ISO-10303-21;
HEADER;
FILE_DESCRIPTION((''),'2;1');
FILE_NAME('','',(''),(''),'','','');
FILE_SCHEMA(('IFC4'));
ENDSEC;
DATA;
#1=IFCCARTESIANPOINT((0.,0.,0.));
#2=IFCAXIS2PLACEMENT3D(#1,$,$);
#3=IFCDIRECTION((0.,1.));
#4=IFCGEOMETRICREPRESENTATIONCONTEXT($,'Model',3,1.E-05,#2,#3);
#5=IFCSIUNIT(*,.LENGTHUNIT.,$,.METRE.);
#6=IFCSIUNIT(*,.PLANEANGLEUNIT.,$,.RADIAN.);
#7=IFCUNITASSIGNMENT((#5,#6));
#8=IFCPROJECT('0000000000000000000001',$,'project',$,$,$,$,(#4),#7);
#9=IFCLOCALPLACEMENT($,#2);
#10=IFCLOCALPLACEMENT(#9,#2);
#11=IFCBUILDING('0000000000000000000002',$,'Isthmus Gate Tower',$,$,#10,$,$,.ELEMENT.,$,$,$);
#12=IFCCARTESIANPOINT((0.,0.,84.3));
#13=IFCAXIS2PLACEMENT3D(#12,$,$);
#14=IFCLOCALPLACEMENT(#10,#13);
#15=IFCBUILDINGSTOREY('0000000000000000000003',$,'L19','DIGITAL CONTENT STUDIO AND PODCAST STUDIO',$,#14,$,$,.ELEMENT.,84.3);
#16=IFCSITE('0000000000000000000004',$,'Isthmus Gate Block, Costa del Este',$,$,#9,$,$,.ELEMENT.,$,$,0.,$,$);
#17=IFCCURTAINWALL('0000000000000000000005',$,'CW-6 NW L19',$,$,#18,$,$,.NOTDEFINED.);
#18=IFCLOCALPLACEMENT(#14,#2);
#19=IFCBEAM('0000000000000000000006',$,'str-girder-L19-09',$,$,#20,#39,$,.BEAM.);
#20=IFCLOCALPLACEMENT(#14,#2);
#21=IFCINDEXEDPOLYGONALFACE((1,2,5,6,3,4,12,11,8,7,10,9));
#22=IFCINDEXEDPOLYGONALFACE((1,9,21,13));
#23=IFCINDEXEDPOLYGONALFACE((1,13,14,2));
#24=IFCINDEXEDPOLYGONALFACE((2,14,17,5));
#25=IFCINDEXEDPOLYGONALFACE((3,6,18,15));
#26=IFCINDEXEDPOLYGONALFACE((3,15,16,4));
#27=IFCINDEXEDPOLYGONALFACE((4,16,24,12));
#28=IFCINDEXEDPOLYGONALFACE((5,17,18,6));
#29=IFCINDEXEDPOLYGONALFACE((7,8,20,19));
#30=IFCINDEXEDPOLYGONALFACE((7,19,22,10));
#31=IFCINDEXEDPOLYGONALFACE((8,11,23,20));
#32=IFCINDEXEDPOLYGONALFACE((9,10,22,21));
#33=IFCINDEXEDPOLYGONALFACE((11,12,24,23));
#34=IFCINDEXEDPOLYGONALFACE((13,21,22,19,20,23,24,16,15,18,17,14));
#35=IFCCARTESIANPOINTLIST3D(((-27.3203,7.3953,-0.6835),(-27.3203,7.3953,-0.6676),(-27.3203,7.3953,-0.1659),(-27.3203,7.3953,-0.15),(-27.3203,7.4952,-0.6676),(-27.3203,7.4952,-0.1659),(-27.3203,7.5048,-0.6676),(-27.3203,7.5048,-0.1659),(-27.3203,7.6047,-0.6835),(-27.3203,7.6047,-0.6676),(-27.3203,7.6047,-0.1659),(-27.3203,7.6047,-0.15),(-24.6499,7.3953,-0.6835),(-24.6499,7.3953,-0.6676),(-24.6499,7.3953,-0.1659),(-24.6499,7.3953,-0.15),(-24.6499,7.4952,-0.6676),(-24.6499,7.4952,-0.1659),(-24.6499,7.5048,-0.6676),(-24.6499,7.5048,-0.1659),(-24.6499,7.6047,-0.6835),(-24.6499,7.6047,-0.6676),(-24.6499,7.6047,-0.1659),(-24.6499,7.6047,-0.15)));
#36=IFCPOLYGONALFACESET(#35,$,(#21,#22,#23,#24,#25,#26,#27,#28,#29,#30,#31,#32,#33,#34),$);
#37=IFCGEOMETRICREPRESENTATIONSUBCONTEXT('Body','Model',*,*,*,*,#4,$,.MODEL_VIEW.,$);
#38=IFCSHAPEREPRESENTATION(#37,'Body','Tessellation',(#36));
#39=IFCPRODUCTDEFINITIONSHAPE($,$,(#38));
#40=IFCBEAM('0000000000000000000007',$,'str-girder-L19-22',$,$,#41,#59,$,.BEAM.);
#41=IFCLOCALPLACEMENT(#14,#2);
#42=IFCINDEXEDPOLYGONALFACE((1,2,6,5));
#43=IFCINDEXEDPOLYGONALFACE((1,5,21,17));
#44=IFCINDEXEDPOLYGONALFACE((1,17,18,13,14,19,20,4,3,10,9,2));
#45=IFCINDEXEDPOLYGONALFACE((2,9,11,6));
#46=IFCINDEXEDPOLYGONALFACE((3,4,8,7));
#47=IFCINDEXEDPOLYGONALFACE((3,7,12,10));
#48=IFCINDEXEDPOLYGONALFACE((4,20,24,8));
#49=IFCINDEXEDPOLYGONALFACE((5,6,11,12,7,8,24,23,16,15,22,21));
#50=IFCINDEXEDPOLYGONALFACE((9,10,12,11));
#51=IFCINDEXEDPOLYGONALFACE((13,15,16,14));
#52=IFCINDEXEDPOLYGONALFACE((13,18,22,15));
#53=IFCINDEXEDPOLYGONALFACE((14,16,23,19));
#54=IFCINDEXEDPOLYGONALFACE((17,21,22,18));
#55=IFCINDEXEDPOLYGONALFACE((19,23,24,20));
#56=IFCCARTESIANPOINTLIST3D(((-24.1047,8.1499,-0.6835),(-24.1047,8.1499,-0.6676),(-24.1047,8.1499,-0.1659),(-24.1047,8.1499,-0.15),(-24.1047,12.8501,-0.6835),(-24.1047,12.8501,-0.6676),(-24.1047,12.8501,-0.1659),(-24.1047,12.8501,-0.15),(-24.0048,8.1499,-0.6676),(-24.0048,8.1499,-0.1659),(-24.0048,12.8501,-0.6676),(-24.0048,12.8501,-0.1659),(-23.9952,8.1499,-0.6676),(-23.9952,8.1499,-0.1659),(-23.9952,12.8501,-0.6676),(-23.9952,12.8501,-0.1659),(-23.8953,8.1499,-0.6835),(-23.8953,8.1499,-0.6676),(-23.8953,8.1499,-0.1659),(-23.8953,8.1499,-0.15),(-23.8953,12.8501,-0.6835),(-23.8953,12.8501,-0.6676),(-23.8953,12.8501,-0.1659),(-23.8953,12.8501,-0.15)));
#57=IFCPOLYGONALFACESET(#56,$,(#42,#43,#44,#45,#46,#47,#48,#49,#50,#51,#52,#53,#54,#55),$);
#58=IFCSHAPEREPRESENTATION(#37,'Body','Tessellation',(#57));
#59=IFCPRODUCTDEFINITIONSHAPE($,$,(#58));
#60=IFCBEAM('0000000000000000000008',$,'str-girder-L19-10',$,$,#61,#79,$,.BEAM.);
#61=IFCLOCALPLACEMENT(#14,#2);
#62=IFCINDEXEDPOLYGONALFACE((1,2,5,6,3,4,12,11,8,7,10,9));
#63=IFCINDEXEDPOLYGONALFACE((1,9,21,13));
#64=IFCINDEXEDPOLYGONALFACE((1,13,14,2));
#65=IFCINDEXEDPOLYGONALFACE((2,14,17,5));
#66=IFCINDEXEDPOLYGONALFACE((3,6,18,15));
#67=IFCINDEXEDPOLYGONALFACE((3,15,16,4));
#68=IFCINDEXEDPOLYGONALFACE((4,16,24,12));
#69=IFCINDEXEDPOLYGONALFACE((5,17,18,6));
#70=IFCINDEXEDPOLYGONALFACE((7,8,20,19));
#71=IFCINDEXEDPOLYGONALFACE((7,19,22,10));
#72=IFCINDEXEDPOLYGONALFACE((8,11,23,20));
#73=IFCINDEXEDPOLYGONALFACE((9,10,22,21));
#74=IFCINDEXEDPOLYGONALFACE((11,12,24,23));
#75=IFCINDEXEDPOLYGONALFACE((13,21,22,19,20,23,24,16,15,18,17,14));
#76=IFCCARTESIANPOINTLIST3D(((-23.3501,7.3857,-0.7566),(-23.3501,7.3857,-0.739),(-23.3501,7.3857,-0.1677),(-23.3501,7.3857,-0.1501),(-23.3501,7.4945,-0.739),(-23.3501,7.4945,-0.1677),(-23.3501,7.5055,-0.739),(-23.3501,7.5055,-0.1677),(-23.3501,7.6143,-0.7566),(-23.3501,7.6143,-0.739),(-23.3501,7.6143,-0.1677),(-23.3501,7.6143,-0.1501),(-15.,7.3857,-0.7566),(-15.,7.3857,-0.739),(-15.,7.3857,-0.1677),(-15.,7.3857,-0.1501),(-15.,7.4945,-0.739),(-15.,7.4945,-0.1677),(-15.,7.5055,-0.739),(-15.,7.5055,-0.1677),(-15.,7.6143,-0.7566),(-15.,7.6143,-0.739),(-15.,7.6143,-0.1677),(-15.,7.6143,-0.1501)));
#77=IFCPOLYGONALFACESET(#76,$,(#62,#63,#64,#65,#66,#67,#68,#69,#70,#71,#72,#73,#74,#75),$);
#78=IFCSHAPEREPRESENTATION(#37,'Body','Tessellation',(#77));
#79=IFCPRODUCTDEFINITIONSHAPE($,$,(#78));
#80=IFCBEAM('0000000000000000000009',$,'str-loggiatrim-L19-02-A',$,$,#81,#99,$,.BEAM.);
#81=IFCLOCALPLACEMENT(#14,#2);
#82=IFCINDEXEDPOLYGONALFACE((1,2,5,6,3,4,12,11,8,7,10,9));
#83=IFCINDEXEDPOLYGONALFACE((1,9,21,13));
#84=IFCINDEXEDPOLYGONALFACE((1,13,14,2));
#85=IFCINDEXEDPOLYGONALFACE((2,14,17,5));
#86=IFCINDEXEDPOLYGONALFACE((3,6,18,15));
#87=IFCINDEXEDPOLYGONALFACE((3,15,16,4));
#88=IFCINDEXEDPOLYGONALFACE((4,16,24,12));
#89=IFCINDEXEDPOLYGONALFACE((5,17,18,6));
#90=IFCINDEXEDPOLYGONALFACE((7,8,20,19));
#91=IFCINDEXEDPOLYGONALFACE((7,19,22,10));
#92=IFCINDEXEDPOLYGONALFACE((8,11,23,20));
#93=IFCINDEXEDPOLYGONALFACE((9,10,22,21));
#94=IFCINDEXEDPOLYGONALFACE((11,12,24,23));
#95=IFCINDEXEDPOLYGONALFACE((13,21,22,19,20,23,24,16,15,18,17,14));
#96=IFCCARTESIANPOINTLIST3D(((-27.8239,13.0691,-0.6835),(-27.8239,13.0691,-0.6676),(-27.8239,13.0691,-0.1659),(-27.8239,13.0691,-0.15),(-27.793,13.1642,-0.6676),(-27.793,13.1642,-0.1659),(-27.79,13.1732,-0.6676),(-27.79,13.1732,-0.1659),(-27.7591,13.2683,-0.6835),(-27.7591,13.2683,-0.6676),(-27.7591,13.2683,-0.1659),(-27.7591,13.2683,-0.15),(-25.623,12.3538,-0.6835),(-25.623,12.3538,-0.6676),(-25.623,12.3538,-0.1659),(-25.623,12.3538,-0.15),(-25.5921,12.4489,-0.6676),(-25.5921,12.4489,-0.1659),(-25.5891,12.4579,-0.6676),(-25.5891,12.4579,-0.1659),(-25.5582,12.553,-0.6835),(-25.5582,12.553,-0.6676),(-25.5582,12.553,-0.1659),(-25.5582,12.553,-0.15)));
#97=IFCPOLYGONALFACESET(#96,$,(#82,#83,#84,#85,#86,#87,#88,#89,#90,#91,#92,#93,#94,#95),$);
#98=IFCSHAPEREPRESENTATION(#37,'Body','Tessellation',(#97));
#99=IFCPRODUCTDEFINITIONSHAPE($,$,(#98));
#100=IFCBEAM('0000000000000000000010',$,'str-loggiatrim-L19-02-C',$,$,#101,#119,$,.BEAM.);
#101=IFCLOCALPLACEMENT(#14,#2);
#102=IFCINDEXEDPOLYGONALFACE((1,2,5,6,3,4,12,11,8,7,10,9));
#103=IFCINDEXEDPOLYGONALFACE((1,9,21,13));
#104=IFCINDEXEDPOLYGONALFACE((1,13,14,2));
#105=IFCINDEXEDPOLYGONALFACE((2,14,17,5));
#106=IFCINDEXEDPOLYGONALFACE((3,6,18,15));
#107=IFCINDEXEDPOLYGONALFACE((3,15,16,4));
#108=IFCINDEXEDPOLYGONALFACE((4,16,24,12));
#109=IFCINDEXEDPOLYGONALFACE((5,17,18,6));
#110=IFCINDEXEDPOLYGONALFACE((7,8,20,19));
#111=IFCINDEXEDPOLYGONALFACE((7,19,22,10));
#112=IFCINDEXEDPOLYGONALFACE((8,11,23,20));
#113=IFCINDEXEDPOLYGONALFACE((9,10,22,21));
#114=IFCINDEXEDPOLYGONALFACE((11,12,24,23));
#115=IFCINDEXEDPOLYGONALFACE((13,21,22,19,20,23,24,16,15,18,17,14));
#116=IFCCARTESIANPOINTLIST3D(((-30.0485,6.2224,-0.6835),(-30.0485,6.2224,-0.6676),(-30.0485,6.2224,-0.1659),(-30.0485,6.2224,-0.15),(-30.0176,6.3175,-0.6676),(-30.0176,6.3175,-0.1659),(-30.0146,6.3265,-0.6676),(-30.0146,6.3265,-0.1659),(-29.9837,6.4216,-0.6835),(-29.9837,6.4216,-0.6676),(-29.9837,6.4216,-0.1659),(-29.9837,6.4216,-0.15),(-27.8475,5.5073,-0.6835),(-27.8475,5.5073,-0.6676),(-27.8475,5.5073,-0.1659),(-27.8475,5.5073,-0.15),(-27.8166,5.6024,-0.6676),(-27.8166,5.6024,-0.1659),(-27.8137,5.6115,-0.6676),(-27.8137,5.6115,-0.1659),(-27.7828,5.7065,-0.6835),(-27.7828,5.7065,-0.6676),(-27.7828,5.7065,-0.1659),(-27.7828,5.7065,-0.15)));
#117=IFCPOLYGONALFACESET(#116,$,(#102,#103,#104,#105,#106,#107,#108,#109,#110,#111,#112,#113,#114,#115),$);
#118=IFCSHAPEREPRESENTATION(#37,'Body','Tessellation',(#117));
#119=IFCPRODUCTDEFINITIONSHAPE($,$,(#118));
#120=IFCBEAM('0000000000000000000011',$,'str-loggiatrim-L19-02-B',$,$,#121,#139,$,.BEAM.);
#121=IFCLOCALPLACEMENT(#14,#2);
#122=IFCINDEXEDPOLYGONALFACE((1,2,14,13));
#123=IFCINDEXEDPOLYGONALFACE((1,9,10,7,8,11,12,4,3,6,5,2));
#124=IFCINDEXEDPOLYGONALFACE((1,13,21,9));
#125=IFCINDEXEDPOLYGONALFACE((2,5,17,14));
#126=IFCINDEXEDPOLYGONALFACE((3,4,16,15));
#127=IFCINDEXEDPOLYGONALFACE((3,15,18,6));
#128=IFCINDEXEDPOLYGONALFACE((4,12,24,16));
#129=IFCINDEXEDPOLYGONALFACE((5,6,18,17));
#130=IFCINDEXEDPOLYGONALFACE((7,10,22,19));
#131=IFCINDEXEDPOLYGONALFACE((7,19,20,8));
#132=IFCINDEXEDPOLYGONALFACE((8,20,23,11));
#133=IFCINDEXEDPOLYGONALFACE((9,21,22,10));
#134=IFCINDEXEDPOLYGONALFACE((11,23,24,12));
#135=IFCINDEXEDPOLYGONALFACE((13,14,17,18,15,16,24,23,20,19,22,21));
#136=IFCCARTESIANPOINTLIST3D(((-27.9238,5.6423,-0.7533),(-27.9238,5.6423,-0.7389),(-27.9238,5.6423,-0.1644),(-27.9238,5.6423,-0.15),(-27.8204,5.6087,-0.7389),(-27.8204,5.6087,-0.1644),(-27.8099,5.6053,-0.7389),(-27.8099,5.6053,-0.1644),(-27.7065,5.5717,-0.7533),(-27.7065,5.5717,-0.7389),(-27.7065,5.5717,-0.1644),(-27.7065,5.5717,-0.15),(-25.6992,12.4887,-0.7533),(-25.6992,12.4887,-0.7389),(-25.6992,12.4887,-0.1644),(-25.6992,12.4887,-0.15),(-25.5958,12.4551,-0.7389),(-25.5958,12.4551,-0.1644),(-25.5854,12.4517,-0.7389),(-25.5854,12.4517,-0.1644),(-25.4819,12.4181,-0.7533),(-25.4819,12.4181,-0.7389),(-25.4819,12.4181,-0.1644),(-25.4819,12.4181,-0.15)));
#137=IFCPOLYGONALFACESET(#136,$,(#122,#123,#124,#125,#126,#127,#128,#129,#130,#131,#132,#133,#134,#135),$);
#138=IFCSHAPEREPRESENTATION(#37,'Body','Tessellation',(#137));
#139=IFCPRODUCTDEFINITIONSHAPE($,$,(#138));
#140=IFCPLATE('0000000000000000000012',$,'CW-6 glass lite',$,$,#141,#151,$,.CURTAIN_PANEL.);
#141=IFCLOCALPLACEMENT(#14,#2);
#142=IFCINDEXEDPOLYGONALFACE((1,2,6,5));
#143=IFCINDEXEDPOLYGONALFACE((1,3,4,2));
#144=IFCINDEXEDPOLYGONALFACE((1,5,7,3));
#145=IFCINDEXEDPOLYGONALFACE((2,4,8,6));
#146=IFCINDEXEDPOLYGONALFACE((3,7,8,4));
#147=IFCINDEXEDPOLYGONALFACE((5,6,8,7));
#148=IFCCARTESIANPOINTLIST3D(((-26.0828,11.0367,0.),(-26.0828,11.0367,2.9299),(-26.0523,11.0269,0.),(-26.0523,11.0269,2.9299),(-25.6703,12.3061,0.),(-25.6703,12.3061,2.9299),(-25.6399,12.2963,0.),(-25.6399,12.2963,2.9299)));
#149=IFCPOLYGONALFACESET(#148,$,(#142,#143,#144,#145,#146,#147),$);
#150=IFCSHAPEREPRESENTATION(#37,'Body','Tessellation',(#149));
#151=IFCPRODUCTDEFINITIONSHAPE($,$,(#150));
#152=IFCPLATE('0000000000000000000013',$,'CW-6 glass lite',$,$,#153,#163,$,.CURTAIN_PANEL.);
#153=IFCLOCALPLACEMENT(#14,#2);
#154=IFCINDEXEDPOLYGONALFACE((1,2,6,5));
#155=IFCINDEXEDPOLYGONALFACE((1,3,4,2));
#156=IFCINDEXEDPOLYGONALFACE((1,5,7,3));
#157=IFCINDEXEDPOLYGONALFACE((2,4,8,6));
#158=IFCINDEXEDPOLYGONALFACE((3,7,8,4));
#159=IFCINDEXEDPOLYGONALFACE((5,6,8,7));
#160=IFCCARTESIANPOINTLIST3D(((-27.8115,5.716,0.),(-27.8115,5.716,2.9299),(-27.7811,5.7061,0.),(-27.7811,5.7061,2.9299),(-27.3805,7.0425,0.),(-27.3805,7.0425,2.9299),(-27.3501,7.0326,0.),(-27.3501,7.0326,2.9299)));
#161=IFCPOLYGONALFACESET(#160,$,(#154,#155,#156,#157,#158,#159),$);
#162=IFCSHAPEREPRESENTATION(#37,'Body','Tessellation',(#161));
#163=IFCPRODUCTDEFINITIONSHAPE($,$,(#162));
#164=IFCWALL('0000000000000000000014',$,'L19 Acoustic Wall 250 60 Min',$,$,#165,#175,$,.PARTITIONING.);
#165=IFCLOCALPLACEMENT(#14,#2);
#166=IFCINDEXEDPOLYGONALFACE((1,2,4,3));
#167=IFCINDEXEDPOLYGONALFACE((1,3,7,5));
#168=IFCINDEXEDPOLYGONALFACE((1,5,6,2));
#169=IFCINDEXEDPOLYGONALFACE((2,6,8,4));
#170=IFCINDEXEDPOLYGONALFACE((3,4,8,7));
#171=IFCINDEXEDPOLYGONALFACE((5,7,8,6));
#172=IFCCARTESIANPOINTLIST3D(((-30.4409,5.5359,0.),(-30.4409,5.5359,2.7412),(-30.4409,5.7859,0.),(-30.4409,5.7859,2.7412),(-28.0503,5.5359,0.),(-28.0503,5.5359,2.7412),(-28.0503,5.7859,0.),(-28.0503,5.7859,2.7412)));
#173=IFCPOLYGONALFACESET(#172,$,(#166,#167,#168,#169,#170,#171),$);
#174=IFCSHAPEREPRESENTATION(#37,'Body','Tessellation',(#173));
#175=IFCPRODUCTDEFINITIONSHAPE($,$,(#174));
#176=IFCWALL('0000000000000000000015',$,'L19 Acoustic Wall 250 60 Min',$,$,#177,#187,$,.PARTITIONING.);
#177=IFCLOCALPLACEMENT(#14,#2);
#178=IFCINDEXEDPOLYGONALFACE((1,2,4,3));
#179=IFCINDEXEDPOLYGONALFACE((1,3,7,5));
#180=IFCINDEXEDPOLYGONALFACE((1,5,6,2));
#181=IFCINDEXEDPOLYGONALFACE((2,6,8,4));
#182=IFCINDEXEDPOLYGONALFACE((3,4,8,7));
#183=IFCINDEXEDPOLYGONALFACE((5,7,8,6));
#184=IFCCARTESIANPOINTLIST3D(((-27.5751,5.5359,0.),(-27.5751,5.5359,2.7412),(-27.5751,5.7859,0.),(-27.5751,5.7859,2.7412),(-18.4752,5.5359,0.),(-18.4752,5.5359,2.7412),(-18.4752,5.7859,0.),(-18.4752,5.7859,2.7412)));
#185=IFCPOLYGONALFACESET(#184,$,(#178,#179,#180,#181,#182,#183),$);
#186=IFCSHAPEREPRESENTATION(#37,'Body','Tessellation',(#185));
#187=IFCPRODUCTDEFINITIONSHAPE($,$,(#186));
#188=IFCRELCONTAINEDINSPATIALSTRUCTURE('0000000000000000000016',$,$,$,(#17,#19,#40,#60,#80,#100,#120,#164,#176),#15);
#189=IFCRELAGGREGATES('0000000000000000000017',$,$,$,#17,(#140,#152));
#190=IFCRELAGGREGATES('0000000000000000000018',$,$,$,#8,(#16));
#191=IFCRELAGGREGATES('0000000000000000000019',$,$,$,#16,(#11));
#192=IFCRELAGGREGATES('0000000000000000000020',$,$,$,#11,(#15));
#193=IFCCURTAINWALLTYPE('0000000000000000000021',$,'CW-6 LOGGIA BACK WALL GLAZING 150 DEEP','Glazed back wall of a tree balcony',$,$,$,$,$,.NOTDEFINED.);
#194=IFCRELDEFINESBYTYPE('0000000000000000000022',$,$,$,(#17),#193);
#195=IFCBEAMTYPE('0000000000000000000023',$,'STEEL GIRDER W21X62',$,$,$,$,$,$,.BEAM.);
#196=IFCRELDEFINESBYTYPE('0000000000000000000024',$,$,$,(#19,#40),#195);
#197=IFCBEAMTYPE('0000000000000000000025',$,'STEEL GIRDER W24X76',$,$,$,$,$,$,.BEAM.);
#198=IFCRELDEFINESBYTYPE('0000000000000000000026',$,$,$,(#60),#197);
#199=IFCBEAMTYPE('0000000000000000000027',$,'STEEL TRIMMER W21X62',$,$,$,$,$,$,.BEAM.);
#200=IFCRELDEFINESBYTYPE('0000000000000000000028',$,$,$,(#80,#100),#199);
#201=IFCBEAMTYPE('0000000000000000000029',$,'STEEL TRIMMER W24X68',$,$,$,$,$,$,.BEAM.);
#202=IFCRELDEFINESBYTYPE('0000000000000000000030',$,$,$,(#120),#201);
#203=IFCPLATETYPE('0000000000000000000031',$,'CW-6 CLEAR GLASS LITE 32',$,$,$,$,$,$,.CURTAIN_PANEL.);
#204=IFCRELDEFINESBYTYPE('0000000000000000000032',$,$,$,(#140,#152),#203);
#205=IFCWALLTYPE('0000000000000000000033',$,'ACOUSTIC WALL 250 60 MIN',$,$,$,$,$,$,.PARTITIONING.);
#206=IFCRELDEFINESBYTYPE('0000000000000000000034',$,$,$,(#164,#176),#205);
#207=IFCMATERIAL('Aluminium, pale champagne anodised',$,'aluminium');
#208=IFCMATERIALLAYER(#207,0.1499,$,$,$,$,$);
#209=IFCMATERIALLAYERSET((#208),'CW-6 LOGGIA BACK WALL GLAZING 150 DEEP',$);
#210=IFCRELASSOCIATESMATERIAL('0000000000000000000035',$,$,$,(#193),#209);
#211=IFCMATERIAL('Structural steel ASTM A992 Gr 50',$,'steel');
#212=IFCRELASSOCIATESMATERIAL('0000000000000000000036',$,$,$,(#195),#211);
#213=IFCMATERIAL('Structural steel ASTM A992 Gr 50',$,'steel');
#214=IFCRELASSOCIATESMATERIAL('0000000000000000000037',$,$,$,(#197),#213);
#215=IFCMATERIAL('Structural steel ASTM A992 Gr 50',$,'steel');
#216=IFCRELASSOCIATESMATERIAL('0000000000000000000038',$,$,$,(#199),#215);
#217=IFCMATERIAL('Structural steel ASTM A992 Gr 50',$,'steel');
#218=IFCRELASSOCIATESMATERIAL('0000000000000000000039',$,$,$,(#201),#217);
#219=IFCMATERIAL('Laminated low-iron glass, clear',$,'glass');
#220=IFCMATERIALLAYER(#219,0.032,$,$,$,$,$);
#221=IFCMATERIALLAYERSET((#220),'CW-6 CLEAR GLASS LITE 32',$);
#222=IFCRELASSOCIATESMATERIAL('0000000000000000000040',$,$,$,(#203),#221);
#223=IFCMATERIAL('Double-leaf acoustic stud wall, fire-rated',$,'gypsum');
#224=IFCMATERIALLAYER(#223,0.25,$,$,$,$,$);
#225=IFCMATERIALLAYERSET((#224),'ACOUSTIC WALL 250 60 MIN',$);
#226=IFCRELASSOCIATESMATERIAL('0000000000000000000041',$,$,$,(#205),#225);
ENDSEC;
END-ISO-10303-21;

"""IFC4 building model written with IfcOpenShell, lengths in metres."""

from ifc_helpers import new_model, si_unit, direction, frame, frame_2d, origin, origin_2d, place, context, subcontext, project, spatial, rectangle, i_section, extrude, material, layer, layer_set, material_profile, profile_set, type_object, element, aggregate, save


model = new_model("IFC4")

# Units and contexts
model_context = context("Model", 3, precision=1e-05, world=origin(), true_north=direction((0.0, 1.0)))
body_context = subcontext(model_context, "Body", "Model", "MODEL_VIEW")
ifc_project = project(units=[si_unit("LENGTHUNIT", "METRE"), si_unit("PLANEANGLEUNIT", "RADIAN")], contexts=[model_context])

# Site, building, storey
site_placement = place(None, origin())
site = spatial("IfcSite", under=ifc_project, at=site_placement, Name="Isthmus Gate Block, Costa del Este", CompositionType="ELEMENT", RefElevation=0.0)
building_placement = place(site_placement, origin())
building = spatial("IfcBuilding", under=site, at=building_placement, Name="Isthmus Gate Tower", CompositionType="ELEMENT")
storey_placement = place(building_placement, frame((0.0, 0.0, 84.3)))
storey = spatial("IfcBuildingStorey", under=building, at=storey_placement, Name="L19", Description="DIGITAL CONTENT STUDIO AND PODCAST STUDIO", CompositionType="ELEMENT", Elevation=84.3)

# Curtain wall
ifc_material_1 = material(Name="Aluminium, pale champagne anodised", Category="aluminium")
ifc_layer_1 = layer(ifc_material_1, 0.1499)
ifc_layer_set_1 = layer_set([ifc_layer_1], Name="CW-6 LOGGIA BACK WALL GLAZING 150 DEEP")
curtain_wall_type_1 = type_object("IfcCurtainWallType", Name="CW-6 LOGGIA BACK WALL GLAZING 150 DEEP", Description="Glazed back wall of a tree balcony", PredefinedType="NOTDEFINED", material=ifc_layer_set_1)
curtain_wall_1_placement = place(storey_placement, origin())
curtain_wall_1 = element("IfcCurtainWall", 1, at=curtain_wall_1_placement, inside=storey, type_object=curtain_wall_type_1, Name="CW-6 NW L19", PredefinedType="NOTDEFINED")

# Beams
ifc_material_2 = material(Name="Structural steel ASTM A992 Gr 50", Category="steel")
ifc_material_profile_1 = material_profile(ifc_material_2, i_section(OverallWidth=0.2095, OverallDepth=0.5334, WebThickness=0.0095, FlangeThickness=0.0159, at=origin_2d()), Name="W21X62")
ifc_profile_set_1 = profile_set([ifc_material_profile_1], Name="Structural steel ASTM A992 Gr 50")
beam_type_1 = type_object("IfcBeamType", Name="STEEL GIRDER W21X62", PredefinedType="BEAM", material=ifc_profile_set_1)
beam_1_placement = place(storey_placement, frame((-27.3203, 7.5, -0.4167), z_axis=(1.0, 0.0, 0.0), x_axis=(0.0, 1.0, 0.0)))
element("IfcBeam", 2, at=beam_1_placement, inside=storey, type_object=beam_type_1, Name="str-girder-L19-09", PredefinedType="BEAM", context=body_context, shape_type="SweptSolid", body=[
    extrude(i_section(OverallWidth=0.2095, OverallDepth=0.5334, WebThickness=0.0095, FlangeThickness=0.0159, at=origin_2d()), origin(), (0.0, 0.0, 1.0), 2.6704),
])
beam_2_placement = place(storey_placement, frame((-24.0, 8.1499, -0.4167), z_axis=(0.0, 1.0, 0.0), x_axis=(-1.0, 0.0, 0.0)))
element("IfcBeam", 3, at=beam_2_placement, inside=storey, type_object=beam_type_1, Name="str-girder-L19-22", PredefinedType="BEAM", context=body_context, shape_type="SweptSolid", body=[
    extrude(i_section(OverallWidth=0.2095, OverallDepth=0.5334, WebThickness=0.0095, FlangeThickness=0.0159, at=origin_2d()), origin(), (0.0, 0.0, 1.0), 4.7002),
])
ifc_material_3 = material(Name="Structural steel ASTM A992 Gr 50", Category="steel")
ifc_material_profile_2 = material_profile(ifc_material_3, i_section(OverallWidth=0.2285, OverallDepth=0.6064, WebThickness=0.011, FlangeThickness=0.0176, at=origin_2d()), Name="W24X76")
ifc_profile_set_2 = profile_set([ifc_material_profile_2], Name="Structural steel ASTM A992 Gr 50")
beam_type_2 = type_object("IfcBeamType", Name="STEEL GIRDER W24X76", PredefinedType="BEAM", material=ifc_profile_set_2)
beam_3_placement = place(storey_placement, frame((-23.3501, 7.5, -0.4534), z_axis=(1.0, 0.0, 0.0), x_axis=(0.0, 1.0, 0.0)))
element("IfcBeam", 4, at=beam_3_placement, inside=storey, type_object=beam_type_2, Name="str-girder-L19-10", PredefinedType="BEAM", context=body_context, shape_type="SweptSolid", body=[
    extrude(i_section(OverallWidth=0.2285, OverallDepth=0.6064, WebThickness=0.011, FlangeThickness=0.0176, at=origin_2d()), origin(), (0.0, 0.0, 1.0), 8.3501),
])
ifc_material_4 = material(Name="Structural steel ASTM A992 Gr 50", Category="steel")
ifc_material_profile_3 = material_profile(ifc_material_4, i_section(OverallWidth=0.2095, OverallDepth=0.5334, WebThickness=0.0095, FlangeThickness=0.0159, at=origin_2d()), Name="W21X62")
ifc_profile_set_3 = profile_set([ifc_material_profile_3], Name="Structural steel ASTM A992 Gr 50")
beam_type_3 = type_object("IfcBeamType", Name="STEEL TRIMMER W21X62", PredefinedType="BEAM", material=ifc_profile_set_3)
for number, where, z_axis, x_axis, name in (
    (5, (-27.7915, 13.1687, -0.4167), (0.95103, -0.309098, 0.0), (0.309098, 0.95103, 0.0), "str-loggiatrim-L19-02-A"),
    (6, (-30.0161, 6.322, -0.4167), (0.951061, -0.309003, 0.0), (0.309003, 0.951061, 0.0), "str-loggiatrim-L19-02-C"),
):
    element("IfcBeam", number, at=place(storey_placement, frame(where, z_axis=z_axis, x_axis=x_axis)), inside=storey, type_object=beam_type_3, Name=name, PredefinedType="BEAM", context=body_context, shape_type="SweptSolid", body=[
        extrude(i_section(OverallWidth=0.2095, OverallDepth=0.5334, WebThickness=0.0095, FlangeThickness=0.0159, at=origin_2d()), origin(), (0.0, 0.0, 1.0), 2.3142),
    ])
ifc_material_5 = material(Name="Structural steel ASTM A992 Gr 50", Category="steel")
ifc_material_profile_4 = material_profile(ifc_material_5, i_section(OverallWidth=0.2285, OverallDepth=0.6033, WebThickness=0.011, FlangeThickness=0.0144, at=origin_2d()), Name="W24X68")
ifc_profile_set_4 = profile_set([ifc_material_profile_4], Name="Structural steel ASTM A992 Gr 50")
beam_type_4 = type_object("IfcBeamType", Name="STEEL TRIMMER W24X68", PredefinedType="BEAM", material=ifc_profile_set_4)
beam_4_placement = place(storey_placement, frame((-25.5906, 12.4534, -0.4517), z_axis=(-0.309025, -0.951054, 0.0), x_axis=(0.951054, -0.309025, 0.0)))
element("IfcBeam", 7, at=beam_4_placement, inside=storey, type_object=beam_type_4, Name="str-loggiatrim-L19-02-B", PredefinedType="BEAM", context=body_context, shape_type="SweptSolid", body=[
    extrude(i_section(OverallWidth=0.2285, OverallDepth=0.6033, WebThickness=0.011, FlangeThickness=0.0144, at=origin_2d()), origin(), (0.0, 0.0, 1.0), 7.1987),
])

# Plates
ifc_material_6 = material(Name="Laminated low-iron glass, clear", Category="glass")
ifc_layer_2 = layer(ifc_material_6, 0.032)
ifc_layer_set_2 = layer_set([ifc_layer_2], Name="CW-6 CLEAR GLASS LITE 32")
plate_type = type_object("IfcPlateType", Name="CW-6 CLEAR GLASS LITE 32", PredefinedType="CURTAIN_PANEL", material=ifc_layer_set_2)
plate_1_placement = place(storey_placement, frame((-25.8613, 11.6665, 0.0), z_axis=(0.0, 0.0, 1.0), x_axis=(-0.309017, -0.951057, 0.0)))
plate_1 = element("IfcPlate", 8, at=plate_1_placement, type_object=plate_type, Name="CW-6 glass lite", PredefinedType="CURTAIN_PANEL", context=body_context, shape_type="SweptSolid", body=[
    extrude(rectangle(XDim=1.3347, YDim=0.032, at=origin_2d()), origin(), (0.0, 0.0, 1.0), 2.9299),
])
plate_2_placement = place(storey_placement, frame((-27.5808, 6.3743, 0.0), z_axis=(0.0, 0.0, 1.0), x_axis=(-0.309017, -0.951057, 0.0)))
plate_2 = element("IfcPlate", 9, at=plate_2_placement, type_object=plate_type, Name="CW-6 glass lite", PredefinedType="CURTAIN_PANEL", context=body_context, shape_type="SweptSolid", body=[
    extrude(rectangle(XDim=1.3948, YDim=0.032, at=origin_2d()), origin(), (0.0, 0.0, 1.0), 2.9299),
])
aggregate(curtain_wall_1, [plate_1, plate_2])

# Walls
ifc_material_7 = material(Name="Double-leaf acoustic stud wall, fire-rated", Category="gypsum")
ifc_layer_3 = layer(ifc_material_7, 0.25)
ifc_layer_set_3 = layer_set([ifc_layer_3], Name="ACOUSTIC WALL 250 60 MIN")
wall_type_1 = type_object("IfcWallType", Name="ACOUSTIC WALL 250 60 MIN", PredefinedType="PARTITIONING", material=ifc_layer_set_3)
wall_1_placement = place(storey_placement, frame((-30.4409, 5.6609, 0.0), z_axis=(0.0, 0.0, 1.0), x_axis=(1.0, 0.0, 0.0)))
element("IfcWall", 10, at=wall_1_placement, inside=storey, type_object=wall_type_1, Name="L19 Acoustic Wall 250 60 Min", PredefinedType="PARTITIONING", context=body_context, shape_type="SweptSolid", body=[
    extrude(rectangle(XDim=2.3906, YDim=0.25, at=frame_2d((1.1953, 0.0))), origin(), (0.0, 0.0, 1.0), 2.7412),
])
wall_2_placement = place(storey_placement, frame((-27.575, 5.6609, 0.0), z_axis=(0.0, 0.0, 1.0), x_axis=(1.0, 0.0, 0.0)))
element("IfcWall", 11, at=wall_2_placement, inside=storey, type_object=wall_type_1, Name="L19 Acoustic Wall 250 60 Min", PredefinedType="PARTITIONING", context=body_context, shape_type="SweptSolid", body=[
    extrude(rectangle(XDim=9.0999, YDim=0.25, at=frame_2d((4.5498, 0.0))), origin(), (0.0, 0.0, 1.0), 2.7412),
])

save(model, "model.ifc")
